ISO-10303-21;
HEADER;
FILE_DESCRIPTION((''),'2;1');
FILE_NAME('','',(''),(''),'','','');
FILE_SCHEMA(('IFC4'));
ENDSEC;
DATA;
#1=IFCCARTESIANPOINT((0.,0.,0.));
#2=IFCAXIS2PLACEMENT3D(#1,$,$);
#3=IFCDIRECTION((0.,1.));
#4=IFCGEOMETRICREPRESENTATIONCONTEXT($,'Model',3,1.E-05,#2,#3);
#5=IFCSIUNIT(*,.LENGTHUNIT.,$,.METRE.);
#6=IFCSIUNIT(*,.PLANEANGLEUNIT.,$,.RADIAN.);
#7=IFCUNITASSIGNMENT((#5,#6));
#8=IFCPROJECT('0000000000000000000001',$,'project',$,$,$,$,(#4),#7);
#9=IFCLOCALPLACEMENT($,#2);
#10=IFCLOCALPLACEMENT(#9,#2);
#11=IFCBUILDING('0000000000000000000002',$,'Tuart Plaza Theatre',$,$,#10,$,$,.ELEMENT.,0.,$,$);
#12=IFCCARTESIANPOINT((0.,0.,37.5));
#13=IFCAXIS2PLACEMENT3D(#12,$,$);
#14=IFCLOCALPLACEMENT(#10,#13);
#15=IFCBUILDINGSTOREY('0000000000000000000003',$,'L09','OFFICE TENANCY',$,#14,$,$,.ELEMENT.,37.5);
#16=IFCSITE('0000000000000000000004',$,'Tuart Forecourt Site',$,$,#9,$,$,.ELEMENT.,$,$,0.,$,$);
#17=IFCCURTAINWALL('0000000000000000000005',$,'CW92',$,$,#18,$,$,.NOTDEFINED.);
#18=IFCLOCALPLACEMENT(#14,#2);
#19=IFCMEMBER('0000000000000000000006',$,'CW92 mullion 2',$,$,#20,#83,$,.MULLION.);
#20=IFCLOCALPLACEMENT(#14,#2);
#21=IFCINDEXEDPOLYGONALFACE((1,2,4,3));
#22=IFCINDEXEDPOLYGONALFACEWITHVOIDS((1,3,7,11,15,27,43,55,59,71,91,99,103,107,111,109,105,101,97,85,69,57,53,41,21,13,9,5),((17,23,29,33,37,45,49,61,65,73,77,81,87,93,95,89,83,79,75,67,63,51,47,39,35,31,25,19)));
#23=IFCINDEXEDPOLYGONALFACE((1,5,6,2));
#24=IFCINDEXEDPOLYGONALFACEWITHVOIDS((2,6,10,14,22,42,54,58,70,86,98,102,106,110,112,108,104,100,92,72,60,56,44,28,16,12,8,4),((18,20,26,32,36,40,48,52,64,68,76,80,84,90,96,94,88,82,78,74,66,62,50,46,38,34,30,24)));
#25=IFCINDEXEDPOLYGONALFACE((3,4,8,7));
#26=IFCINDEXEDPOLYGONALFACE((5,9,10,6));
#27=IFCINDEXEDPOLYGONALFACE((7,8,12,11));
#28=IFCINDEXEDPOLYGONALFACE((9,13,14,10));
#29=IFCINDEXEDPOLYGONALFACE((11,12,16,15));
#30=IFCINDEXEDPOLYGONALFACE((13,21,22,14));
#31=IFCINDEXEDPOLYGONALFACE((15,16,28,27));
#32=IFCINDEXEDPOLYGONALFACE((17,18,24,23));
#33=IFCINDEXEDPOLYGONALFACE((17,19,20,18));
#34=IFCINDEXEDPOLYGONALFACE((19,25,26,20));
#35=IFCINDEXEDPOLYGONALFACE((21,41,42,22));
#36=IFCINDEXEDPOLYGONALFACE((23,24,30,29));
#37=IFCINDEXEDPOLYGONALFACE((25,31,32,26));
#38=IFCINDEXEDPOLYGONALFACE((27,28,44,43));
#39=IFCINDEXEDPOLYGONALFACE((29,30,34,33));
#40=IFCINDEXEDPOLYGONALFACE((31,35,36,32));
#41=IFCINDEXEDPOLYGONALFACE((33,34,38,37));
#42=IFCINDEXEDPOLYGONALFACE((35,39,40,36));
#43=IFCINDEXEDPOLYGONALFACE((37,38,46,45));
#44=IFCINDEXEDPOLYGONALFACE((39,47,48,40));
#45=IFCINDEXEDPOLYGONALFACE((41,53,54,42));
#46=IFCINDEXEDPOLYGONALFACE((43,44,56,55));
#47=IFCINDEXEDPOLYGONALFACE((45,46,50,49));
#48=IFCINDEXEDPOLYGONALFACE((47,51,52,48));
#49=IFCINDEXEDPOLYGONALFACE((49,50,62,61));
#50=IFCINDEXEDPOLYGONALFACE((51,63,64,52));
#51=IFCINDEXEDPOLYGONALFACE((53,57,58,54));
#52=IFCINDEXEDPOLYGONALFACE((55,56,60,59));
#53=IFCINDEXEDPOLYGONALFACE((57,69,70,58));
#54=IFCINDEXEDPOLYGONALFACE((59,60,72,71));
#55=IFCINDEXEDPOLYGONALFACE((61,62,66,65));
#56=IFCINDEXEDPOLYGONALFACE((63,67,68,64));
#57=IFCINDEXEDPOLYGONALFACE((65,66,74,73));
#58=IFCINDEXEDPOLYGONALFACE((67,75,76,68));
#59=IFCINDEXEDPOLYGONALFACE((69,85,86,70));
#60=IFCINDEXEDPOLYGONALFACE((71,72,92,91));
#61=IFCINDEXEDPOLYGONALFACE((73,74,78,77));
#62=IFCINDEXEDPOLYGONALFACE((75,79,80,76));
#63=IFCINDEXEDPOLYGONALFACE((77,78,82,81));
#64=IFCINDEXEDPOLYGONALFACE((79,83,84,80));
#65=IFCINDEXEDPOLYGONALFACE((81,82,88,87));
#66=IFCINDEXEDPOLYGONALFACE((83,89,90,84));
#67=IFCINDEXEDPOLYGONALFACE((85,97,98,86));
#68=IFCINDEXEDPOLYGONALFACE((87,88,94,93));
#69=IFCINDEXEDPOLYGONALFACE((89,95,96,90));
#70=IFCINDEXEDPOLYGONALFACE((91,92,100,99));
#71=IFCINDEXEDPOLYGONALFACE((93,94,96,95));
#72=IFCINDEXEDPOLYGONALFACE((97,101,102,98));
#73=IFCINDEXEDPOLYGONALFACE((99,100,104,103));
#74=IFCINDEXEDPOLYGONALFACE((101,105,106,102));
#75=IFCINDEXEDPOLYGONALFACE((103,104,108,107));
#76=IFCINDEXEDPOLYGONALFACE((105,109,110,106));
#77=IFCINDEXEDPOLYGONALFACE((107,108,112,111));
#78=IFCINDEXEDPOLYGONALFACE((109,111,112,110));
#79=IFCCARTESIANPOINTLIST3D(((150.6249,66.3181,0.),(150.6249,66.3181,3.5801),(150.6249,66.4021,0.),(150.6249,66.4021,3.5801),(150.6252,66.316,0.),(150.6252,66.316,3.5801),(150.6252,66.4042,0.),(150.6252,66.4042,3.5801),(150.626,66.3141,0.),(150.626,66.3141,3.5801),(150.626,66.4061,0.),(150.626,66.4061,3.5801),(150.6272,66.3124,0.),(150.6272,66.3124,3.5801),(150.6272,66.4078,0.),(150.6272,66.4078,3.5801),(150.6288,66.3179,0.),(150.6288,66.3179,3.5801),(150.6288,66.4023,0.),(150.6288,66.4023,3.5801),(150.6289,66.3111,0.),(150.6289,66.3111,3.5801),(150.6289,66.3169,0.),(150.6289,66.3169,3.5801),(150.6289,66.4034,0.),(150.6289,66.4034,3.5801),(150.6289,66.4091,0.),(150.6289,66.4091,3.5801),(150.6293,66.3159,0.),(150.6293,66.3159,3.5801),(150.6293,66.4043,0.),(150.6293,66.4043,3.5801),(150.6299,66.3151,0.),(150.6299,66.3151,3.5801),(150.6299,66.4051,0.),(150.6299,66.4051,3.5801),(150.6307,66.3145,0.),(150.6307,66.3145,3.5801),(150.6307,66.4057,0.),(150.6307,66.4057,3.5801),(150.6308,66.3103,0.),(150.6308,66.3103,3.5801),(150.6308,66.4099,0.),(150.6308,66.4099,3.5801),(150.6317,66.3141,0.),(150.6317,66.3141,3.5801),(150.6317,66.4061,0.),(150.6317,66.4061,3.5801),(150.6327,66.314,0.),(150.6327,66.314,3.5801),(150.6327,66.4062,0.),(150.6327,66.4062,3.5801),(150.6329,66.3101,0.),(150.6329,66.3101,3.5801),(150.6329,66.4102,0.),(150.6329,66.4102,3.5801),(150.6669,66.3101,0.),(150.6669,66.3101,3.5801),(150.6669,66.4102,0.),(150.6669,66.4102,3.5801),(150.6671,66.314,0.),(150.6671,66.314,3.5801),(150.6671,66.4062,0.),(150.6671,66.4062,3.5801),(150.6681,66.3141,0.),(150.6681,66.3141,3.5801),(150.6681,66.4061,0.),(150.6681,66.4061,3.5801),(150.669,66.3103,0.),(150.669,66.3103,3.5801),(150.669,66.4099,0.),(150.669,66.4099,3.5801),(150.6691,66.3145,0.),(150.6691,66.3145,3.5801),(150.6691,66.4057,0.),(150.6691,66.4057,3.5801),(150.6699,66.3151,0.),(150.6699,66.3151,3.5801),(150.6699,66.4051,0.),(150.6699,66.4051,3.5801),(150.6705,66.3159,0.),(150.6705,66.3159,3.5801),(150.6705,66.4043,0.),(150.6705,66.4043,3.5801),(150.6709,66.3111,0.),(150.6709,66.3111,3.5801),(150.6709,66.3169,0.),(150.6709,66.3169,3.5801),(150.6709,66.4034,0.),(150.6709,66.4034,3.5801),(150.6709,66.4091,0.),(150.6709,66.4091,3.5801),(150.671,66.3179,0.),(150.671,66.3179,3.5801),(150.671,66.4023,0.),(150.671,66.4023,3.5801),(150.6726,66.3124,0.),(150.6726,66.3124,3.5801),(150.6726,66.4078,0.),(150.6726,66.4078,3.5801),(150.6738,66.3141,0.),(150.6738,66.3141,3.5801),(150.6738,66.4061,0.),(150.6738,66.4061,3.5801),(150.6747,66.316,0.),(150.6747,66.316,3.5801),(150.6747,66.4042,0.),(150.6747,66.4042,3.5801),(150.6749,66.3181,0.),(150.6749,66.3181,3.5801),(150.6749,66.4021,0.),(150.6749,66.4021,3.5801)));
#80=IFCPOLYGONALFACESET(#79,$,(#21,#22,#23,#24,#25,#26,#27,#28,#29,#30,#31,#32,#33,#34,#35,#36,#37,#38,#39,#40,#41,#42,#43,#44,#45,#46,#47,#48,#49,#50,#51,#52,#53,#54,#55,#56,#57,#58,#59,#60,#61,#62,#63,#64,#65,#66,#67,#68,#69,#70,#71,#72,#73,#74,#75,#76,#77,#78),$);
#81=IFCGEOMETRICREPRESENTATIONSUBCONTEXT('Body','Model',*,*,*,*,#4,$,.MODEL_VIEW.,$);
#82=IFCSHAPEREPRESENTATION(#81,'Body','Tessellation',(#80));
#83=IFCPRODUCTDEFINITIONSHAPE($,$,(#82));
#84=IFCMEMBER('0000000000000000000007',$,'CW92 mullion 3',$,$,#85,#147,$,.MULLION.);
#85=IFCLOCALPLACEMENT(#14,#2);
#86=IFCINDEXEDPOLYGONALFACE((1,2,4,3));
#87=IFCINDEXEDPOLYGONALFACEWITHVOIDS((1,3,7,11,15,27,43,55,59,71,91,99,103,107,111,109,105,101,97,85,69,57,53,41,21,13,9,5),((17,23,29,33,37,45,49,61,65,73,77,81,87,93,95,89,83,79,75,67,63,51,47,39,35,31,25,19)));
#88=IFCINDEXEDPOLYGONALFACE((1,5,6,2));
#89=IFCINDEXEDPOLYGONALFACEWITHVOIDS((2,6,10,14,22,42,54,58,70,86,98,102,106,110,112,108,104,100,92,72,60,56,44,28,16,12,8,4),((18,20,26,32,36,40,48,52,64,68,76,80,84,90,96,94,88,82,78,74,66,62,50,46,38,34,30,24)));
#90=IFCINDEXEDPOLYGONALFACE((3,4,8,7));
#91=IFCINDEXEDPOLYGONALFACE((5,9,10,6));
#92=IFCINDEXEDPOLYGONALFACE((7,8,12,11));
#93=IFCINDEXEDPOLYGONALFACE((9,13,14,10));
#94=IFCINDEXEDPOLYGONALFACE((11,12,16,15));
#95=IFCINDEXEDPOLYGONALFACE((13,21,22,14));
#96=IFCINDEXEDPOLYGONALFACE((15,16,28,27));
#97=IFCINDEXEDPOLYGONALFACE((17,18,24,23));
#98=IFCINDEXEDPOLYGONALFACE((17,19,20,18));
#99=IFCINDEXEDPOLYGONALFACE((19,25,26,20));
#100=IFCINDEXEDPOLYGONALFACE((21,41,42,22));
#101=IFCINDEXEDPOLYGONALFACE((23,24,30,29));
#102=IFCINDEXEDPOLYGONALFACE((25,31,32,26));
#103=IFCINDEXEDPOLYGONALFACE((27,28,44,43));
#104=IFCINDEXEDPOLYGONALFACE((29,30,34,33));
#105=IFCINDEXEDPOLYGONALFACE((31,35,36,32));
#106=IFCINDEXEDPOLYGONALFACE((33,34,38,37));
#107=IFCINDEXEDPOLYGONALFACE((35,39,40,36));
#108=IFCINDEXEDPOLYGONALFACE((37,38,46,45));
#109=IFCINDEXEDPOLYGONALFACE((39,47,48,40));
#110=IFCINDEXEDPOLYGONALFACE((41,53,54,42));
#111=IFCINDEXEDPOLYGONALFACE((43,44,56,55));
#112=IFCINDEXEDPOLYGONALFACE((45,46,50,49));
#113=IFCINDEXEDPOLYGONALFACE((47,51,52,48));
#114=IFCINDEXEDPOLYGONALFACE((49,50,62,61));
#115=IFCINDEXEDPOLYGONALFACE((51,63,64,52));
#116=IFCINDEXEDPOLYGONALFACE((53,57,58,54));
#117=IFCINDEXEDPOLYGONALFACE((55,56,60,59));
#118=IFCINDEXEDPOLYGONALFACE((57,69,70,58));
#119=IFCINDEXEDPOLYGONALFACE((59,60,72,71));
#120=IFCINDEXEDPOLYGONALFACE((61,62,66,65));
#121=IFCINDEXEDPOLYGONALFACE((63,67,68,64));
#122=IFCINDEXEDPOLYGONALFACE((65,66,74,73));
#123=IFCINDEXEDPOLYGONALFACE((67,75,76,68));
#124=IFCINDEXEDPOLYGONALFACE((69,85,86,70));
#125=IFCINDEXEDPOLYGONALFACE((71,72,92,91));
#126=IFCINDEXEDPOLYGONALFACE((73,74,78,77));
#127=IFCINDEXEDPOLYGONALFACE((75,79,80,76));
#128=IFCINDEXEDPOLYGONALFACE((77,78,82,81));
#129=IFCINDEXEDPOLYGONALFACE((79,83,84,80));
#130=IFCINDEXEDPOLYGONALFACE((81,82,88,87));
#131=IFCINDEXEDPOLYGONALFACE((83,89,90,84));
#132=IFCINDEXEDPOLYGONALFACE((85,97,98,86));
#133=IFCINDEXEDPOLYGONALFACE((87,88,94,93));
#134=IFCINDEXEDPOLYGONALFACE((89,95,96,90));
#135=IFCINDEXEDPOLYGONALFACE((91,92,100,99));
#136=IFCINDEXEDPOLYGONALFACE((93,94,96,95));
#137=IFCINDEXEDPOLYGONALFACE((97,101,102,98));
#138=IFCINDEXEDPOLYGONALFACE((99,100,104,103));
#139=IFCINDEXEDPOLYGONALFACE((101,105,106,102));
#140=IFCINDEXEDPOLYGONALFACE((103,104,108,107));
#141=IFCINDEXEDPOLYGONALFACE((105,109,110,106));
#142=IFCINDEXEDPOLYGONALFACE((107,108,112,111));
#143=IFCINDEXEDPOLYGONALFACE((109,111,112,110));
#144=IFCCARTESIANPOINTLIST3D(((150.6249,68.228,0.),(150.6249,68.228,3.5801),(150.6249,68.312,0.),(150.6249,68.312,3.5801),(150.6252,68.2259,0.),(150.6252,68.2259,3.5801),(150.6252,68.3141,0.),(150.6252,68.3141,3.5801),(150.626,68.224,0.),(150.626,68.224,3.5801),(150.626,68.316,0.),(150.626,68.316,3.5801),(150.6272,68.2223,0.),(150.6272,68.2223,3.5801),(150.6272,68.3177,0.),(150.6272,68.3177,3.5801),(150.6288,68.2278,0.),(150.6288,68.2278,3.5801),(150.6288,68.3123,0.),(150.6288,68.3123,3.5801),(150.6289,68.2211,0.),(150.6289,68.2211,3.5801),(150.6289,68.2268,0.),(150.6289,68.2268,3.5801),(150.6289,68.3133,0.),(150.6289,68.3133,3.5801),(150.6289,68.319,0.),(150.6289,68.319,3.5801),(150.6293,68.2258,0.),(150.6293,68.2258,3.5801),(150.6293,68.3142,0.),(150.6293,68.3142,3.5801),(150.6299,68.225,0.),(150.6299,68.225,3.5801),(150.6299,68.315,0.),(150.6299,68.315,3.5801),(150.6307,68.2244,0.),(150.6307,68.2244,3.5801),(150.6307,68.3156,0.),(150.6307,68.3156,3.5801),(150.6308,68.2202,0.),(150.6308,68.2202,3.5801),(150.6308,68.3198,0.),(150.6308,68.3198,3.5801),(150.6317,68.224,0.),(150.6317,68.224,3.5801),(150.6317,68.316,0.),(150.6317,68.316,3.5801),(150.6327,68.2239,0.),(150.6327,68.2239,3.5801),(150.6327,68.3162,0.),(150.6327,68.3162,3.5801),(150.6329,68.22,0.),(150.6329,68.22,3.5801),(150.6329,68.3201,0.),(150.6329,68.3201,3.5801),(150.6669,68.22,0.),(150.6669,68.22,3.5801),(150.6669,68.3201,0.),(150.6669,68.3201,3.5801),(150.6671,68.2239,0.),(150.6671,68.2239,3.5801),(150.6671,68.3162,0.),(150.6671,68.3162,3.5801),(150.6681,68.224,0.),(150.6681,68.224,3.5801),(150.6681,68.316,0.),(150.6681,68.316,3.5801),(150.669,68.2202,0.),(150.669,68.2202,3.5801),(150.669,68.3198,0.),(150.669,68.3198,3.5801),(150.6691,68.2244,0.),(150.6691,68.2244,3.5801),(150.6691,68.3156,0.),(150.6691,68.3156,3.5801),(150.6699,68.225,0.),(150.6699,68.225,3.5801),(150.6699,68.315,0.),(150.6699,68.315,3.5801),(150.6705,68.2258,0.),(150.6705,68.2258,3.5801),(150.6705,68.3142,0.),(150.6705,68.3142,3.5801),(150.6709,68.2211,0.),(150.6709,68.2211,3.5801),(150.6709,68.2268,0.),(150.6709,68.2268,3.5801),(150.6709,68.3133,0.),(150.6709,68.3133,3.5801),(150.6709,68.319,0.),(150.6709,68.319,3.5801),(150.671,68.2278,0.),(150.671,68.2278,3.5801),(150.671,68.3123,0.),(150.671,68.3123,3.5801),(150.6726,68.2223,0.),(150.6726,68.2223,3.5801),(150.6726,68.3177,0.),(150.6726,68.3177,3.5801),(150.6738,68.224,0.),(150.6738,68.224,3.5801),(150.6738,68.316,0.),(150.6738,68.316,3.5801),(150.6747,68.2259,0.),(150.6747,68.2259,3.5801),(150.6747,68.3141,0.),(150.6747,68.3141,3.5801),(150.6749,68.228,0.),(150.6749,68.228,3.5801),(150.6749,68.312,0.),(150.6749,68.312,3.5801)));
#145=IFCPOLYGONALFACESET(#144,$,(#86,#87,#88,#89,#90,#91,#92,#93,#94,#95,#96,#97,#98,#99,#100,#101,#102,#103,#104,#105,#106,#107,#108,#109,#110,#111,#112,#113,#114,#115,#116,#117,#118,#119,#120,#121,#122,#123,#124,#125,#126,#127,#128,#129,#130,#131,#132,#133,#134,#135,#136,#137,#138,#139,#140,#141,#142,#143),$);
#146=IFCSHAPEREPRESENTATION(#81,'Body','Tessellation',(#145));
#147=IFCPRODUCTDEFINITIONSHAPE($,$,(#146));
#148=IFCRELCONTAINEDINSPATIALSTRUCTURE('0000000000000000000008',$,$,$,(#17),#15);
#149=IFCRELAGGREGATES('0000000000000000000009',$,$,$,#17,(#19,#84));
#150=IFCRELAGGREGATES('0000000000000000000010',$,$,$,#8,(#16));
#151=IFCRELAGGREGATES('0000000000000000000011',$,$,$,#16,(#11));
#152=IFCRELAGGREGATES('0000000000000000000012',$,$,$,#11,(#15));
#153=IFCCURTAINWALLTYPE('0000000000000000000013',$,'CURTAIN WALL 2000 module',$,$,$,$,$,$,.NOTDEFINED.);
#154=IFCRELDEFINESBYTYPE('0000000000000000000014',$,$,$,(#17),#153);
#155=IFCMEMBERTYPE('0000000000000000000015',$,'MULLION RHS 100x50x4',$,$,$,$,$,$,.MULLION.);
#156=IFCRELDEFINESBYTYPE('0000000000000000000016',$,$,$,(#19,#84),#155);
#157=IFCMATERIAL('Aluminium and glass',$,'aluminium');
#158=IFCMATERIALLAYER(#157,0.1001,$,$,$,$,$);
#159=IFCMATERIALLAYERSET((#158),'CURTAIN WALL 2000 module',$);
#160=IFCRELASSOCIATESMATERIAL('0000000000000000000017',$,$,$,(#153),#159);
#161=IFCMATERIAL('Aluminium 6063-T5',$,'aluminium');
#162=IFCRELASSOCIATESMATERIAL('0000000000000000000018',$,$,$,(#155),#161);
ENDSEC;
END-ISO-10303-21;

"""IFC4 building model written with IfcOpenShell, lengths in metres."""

from ifc_helpers import new_model, si_unit, direction, frame, origin, origin_2d, place, context, subcontext, project, spatial, hollow_rectangle, extrude, material, layer, layer_set, material_profile, profile_set, type_object, element, aggregate, save


model = new_model("IFC4")

# Units and contexts
model_context = context("Model", 3, precision=1e-05, world=origin(), true_north=direction((0.0, 1.0)))
body_context = subcontext(model_context, "Body", "Model", "MODEL_VIEW")
ifc_project = project(units=[si_unit("LENGTHUNIT", "METRE"), si_unit("PLANEANGLEUNIT", "RADIAN")], contexts=[model_context])

# Site, building, storey
site_placement = place(None, origin())
site = spatial("IfcSite", under=ifc_project, at=site_placement, Name="Tuart Forecourt Site", CompositionType="ELEMENT", RefElevation=0.0)
building_placement = place(site_placement, origin())
building = spatial("IfcBuilding", under=site, at=building_placement, Name="Tuart Plaza Theatre", CompositionType="ELEMENT", ElevationOfRefHeight=0.0)
storey_placement = place(building_placement, frame((0.0, 0.0, 37.5)))
storey = spatial("IfcBuildingStorey", under=building, at=storey_placement, Name="L09", Description="OFFICE TENANCY", CompositionType="ELEMENT", Elevation=37.5)

# Shared definitions
ifc_material_1 = material(Name="Aluminium and glass", Category="aluminium")
ifc_layer_1 = layer(ifc_material_1, 0.1001)
ifc_layer_set_1 = layer_set([ifc_layer_1], Name="CURTAIN WALL 2000 module")
curtain_wall_type = type_object("IfcCurtainWallType", Name="CURTAIN WALL 2000 module", PredefinedType="NOTDEFINED", material=ifc_layer_set_1)
ifc_material_2 = material(Name="Aluminium 6063-T5", Category="aluminium")
ifc_material_profile_1 = material_profile(ifc_material_2, hollow_rectangle(XDim=0.05, YDim=0.1001, WallThickness=0.0039, InnerFilletRadius=0.0039, OuterFilletRadius=0.0081, at=origin_2d()), Name="RHS 100x50x4")
ifc_profile_set_1 = profile_set([ifc_material_profile_1], Name="Aluminium 6063-T5")
member_type_1 = type_object("IfcMemberType", Name="MULLION RHS 100x50x4", PredefinedType="MULLION", material=ifc_profile_set_1)

# Curtain wall, members
curtain_wall_1_placement = place(storey_placement, origin())
curtain_wall_1 = element("IfcCurtainWall", 1, at=curtain_wall_1_placement, inside=storey, type_object=curtain_wall_type, Name="CW92", PredefinedType="NOTDEFINED")
member_1_placement = place(storey_placement, frame((150.6499, 66.3601, 0.0), z_axis=(0.0, 0.0, 1.0), x_axis=(-1.0, 0.0, 0.0)))
member_1 = element("IfcMember", 2, at=member_1_placement, type_object=member_type_1, Name="CW92 mullion 2", PredefinedType="MULLION", context=body_context, shape_type="SweptSolid", body=[
    extrude(hollow_rectangle(XDim=0.05, YDim=0.1001, WallThickness=0.0039, InnerFilletRadius=0.0039, OuterFilletRadius=0.0081, at=origin_2d()), origin(), (0.0, 0.0, 1.0), 3.5801),
])
member_2_placement = place(storey_placement, frame((150.6499, 68.27, 0.0), z_axis=(0.0, 0.0, 1.0), x_axis=(-1.0, 0.0, 0.0)))
member_2 = element("IfcMember", 3, at=member_2_placement, type_object=member_type_1, Name="CW92 mullion 3", PredefinedType="MULLION", context=body_context, shape_type="SweptSolid", body=[
    extrude(hollow_rectangle(XDim=0.05, YDim=0.1001, WallThickness=0.0039, InnerFilletRadius=0.0039, OuterFilletRadius=0.0081, at=origin_2d()), origin(), (0.0, 0.0, 1.0), 3.5801),
])

aggregate(curtain_wall_1, [member_1, member_2])

save(model, "model.ifc")
